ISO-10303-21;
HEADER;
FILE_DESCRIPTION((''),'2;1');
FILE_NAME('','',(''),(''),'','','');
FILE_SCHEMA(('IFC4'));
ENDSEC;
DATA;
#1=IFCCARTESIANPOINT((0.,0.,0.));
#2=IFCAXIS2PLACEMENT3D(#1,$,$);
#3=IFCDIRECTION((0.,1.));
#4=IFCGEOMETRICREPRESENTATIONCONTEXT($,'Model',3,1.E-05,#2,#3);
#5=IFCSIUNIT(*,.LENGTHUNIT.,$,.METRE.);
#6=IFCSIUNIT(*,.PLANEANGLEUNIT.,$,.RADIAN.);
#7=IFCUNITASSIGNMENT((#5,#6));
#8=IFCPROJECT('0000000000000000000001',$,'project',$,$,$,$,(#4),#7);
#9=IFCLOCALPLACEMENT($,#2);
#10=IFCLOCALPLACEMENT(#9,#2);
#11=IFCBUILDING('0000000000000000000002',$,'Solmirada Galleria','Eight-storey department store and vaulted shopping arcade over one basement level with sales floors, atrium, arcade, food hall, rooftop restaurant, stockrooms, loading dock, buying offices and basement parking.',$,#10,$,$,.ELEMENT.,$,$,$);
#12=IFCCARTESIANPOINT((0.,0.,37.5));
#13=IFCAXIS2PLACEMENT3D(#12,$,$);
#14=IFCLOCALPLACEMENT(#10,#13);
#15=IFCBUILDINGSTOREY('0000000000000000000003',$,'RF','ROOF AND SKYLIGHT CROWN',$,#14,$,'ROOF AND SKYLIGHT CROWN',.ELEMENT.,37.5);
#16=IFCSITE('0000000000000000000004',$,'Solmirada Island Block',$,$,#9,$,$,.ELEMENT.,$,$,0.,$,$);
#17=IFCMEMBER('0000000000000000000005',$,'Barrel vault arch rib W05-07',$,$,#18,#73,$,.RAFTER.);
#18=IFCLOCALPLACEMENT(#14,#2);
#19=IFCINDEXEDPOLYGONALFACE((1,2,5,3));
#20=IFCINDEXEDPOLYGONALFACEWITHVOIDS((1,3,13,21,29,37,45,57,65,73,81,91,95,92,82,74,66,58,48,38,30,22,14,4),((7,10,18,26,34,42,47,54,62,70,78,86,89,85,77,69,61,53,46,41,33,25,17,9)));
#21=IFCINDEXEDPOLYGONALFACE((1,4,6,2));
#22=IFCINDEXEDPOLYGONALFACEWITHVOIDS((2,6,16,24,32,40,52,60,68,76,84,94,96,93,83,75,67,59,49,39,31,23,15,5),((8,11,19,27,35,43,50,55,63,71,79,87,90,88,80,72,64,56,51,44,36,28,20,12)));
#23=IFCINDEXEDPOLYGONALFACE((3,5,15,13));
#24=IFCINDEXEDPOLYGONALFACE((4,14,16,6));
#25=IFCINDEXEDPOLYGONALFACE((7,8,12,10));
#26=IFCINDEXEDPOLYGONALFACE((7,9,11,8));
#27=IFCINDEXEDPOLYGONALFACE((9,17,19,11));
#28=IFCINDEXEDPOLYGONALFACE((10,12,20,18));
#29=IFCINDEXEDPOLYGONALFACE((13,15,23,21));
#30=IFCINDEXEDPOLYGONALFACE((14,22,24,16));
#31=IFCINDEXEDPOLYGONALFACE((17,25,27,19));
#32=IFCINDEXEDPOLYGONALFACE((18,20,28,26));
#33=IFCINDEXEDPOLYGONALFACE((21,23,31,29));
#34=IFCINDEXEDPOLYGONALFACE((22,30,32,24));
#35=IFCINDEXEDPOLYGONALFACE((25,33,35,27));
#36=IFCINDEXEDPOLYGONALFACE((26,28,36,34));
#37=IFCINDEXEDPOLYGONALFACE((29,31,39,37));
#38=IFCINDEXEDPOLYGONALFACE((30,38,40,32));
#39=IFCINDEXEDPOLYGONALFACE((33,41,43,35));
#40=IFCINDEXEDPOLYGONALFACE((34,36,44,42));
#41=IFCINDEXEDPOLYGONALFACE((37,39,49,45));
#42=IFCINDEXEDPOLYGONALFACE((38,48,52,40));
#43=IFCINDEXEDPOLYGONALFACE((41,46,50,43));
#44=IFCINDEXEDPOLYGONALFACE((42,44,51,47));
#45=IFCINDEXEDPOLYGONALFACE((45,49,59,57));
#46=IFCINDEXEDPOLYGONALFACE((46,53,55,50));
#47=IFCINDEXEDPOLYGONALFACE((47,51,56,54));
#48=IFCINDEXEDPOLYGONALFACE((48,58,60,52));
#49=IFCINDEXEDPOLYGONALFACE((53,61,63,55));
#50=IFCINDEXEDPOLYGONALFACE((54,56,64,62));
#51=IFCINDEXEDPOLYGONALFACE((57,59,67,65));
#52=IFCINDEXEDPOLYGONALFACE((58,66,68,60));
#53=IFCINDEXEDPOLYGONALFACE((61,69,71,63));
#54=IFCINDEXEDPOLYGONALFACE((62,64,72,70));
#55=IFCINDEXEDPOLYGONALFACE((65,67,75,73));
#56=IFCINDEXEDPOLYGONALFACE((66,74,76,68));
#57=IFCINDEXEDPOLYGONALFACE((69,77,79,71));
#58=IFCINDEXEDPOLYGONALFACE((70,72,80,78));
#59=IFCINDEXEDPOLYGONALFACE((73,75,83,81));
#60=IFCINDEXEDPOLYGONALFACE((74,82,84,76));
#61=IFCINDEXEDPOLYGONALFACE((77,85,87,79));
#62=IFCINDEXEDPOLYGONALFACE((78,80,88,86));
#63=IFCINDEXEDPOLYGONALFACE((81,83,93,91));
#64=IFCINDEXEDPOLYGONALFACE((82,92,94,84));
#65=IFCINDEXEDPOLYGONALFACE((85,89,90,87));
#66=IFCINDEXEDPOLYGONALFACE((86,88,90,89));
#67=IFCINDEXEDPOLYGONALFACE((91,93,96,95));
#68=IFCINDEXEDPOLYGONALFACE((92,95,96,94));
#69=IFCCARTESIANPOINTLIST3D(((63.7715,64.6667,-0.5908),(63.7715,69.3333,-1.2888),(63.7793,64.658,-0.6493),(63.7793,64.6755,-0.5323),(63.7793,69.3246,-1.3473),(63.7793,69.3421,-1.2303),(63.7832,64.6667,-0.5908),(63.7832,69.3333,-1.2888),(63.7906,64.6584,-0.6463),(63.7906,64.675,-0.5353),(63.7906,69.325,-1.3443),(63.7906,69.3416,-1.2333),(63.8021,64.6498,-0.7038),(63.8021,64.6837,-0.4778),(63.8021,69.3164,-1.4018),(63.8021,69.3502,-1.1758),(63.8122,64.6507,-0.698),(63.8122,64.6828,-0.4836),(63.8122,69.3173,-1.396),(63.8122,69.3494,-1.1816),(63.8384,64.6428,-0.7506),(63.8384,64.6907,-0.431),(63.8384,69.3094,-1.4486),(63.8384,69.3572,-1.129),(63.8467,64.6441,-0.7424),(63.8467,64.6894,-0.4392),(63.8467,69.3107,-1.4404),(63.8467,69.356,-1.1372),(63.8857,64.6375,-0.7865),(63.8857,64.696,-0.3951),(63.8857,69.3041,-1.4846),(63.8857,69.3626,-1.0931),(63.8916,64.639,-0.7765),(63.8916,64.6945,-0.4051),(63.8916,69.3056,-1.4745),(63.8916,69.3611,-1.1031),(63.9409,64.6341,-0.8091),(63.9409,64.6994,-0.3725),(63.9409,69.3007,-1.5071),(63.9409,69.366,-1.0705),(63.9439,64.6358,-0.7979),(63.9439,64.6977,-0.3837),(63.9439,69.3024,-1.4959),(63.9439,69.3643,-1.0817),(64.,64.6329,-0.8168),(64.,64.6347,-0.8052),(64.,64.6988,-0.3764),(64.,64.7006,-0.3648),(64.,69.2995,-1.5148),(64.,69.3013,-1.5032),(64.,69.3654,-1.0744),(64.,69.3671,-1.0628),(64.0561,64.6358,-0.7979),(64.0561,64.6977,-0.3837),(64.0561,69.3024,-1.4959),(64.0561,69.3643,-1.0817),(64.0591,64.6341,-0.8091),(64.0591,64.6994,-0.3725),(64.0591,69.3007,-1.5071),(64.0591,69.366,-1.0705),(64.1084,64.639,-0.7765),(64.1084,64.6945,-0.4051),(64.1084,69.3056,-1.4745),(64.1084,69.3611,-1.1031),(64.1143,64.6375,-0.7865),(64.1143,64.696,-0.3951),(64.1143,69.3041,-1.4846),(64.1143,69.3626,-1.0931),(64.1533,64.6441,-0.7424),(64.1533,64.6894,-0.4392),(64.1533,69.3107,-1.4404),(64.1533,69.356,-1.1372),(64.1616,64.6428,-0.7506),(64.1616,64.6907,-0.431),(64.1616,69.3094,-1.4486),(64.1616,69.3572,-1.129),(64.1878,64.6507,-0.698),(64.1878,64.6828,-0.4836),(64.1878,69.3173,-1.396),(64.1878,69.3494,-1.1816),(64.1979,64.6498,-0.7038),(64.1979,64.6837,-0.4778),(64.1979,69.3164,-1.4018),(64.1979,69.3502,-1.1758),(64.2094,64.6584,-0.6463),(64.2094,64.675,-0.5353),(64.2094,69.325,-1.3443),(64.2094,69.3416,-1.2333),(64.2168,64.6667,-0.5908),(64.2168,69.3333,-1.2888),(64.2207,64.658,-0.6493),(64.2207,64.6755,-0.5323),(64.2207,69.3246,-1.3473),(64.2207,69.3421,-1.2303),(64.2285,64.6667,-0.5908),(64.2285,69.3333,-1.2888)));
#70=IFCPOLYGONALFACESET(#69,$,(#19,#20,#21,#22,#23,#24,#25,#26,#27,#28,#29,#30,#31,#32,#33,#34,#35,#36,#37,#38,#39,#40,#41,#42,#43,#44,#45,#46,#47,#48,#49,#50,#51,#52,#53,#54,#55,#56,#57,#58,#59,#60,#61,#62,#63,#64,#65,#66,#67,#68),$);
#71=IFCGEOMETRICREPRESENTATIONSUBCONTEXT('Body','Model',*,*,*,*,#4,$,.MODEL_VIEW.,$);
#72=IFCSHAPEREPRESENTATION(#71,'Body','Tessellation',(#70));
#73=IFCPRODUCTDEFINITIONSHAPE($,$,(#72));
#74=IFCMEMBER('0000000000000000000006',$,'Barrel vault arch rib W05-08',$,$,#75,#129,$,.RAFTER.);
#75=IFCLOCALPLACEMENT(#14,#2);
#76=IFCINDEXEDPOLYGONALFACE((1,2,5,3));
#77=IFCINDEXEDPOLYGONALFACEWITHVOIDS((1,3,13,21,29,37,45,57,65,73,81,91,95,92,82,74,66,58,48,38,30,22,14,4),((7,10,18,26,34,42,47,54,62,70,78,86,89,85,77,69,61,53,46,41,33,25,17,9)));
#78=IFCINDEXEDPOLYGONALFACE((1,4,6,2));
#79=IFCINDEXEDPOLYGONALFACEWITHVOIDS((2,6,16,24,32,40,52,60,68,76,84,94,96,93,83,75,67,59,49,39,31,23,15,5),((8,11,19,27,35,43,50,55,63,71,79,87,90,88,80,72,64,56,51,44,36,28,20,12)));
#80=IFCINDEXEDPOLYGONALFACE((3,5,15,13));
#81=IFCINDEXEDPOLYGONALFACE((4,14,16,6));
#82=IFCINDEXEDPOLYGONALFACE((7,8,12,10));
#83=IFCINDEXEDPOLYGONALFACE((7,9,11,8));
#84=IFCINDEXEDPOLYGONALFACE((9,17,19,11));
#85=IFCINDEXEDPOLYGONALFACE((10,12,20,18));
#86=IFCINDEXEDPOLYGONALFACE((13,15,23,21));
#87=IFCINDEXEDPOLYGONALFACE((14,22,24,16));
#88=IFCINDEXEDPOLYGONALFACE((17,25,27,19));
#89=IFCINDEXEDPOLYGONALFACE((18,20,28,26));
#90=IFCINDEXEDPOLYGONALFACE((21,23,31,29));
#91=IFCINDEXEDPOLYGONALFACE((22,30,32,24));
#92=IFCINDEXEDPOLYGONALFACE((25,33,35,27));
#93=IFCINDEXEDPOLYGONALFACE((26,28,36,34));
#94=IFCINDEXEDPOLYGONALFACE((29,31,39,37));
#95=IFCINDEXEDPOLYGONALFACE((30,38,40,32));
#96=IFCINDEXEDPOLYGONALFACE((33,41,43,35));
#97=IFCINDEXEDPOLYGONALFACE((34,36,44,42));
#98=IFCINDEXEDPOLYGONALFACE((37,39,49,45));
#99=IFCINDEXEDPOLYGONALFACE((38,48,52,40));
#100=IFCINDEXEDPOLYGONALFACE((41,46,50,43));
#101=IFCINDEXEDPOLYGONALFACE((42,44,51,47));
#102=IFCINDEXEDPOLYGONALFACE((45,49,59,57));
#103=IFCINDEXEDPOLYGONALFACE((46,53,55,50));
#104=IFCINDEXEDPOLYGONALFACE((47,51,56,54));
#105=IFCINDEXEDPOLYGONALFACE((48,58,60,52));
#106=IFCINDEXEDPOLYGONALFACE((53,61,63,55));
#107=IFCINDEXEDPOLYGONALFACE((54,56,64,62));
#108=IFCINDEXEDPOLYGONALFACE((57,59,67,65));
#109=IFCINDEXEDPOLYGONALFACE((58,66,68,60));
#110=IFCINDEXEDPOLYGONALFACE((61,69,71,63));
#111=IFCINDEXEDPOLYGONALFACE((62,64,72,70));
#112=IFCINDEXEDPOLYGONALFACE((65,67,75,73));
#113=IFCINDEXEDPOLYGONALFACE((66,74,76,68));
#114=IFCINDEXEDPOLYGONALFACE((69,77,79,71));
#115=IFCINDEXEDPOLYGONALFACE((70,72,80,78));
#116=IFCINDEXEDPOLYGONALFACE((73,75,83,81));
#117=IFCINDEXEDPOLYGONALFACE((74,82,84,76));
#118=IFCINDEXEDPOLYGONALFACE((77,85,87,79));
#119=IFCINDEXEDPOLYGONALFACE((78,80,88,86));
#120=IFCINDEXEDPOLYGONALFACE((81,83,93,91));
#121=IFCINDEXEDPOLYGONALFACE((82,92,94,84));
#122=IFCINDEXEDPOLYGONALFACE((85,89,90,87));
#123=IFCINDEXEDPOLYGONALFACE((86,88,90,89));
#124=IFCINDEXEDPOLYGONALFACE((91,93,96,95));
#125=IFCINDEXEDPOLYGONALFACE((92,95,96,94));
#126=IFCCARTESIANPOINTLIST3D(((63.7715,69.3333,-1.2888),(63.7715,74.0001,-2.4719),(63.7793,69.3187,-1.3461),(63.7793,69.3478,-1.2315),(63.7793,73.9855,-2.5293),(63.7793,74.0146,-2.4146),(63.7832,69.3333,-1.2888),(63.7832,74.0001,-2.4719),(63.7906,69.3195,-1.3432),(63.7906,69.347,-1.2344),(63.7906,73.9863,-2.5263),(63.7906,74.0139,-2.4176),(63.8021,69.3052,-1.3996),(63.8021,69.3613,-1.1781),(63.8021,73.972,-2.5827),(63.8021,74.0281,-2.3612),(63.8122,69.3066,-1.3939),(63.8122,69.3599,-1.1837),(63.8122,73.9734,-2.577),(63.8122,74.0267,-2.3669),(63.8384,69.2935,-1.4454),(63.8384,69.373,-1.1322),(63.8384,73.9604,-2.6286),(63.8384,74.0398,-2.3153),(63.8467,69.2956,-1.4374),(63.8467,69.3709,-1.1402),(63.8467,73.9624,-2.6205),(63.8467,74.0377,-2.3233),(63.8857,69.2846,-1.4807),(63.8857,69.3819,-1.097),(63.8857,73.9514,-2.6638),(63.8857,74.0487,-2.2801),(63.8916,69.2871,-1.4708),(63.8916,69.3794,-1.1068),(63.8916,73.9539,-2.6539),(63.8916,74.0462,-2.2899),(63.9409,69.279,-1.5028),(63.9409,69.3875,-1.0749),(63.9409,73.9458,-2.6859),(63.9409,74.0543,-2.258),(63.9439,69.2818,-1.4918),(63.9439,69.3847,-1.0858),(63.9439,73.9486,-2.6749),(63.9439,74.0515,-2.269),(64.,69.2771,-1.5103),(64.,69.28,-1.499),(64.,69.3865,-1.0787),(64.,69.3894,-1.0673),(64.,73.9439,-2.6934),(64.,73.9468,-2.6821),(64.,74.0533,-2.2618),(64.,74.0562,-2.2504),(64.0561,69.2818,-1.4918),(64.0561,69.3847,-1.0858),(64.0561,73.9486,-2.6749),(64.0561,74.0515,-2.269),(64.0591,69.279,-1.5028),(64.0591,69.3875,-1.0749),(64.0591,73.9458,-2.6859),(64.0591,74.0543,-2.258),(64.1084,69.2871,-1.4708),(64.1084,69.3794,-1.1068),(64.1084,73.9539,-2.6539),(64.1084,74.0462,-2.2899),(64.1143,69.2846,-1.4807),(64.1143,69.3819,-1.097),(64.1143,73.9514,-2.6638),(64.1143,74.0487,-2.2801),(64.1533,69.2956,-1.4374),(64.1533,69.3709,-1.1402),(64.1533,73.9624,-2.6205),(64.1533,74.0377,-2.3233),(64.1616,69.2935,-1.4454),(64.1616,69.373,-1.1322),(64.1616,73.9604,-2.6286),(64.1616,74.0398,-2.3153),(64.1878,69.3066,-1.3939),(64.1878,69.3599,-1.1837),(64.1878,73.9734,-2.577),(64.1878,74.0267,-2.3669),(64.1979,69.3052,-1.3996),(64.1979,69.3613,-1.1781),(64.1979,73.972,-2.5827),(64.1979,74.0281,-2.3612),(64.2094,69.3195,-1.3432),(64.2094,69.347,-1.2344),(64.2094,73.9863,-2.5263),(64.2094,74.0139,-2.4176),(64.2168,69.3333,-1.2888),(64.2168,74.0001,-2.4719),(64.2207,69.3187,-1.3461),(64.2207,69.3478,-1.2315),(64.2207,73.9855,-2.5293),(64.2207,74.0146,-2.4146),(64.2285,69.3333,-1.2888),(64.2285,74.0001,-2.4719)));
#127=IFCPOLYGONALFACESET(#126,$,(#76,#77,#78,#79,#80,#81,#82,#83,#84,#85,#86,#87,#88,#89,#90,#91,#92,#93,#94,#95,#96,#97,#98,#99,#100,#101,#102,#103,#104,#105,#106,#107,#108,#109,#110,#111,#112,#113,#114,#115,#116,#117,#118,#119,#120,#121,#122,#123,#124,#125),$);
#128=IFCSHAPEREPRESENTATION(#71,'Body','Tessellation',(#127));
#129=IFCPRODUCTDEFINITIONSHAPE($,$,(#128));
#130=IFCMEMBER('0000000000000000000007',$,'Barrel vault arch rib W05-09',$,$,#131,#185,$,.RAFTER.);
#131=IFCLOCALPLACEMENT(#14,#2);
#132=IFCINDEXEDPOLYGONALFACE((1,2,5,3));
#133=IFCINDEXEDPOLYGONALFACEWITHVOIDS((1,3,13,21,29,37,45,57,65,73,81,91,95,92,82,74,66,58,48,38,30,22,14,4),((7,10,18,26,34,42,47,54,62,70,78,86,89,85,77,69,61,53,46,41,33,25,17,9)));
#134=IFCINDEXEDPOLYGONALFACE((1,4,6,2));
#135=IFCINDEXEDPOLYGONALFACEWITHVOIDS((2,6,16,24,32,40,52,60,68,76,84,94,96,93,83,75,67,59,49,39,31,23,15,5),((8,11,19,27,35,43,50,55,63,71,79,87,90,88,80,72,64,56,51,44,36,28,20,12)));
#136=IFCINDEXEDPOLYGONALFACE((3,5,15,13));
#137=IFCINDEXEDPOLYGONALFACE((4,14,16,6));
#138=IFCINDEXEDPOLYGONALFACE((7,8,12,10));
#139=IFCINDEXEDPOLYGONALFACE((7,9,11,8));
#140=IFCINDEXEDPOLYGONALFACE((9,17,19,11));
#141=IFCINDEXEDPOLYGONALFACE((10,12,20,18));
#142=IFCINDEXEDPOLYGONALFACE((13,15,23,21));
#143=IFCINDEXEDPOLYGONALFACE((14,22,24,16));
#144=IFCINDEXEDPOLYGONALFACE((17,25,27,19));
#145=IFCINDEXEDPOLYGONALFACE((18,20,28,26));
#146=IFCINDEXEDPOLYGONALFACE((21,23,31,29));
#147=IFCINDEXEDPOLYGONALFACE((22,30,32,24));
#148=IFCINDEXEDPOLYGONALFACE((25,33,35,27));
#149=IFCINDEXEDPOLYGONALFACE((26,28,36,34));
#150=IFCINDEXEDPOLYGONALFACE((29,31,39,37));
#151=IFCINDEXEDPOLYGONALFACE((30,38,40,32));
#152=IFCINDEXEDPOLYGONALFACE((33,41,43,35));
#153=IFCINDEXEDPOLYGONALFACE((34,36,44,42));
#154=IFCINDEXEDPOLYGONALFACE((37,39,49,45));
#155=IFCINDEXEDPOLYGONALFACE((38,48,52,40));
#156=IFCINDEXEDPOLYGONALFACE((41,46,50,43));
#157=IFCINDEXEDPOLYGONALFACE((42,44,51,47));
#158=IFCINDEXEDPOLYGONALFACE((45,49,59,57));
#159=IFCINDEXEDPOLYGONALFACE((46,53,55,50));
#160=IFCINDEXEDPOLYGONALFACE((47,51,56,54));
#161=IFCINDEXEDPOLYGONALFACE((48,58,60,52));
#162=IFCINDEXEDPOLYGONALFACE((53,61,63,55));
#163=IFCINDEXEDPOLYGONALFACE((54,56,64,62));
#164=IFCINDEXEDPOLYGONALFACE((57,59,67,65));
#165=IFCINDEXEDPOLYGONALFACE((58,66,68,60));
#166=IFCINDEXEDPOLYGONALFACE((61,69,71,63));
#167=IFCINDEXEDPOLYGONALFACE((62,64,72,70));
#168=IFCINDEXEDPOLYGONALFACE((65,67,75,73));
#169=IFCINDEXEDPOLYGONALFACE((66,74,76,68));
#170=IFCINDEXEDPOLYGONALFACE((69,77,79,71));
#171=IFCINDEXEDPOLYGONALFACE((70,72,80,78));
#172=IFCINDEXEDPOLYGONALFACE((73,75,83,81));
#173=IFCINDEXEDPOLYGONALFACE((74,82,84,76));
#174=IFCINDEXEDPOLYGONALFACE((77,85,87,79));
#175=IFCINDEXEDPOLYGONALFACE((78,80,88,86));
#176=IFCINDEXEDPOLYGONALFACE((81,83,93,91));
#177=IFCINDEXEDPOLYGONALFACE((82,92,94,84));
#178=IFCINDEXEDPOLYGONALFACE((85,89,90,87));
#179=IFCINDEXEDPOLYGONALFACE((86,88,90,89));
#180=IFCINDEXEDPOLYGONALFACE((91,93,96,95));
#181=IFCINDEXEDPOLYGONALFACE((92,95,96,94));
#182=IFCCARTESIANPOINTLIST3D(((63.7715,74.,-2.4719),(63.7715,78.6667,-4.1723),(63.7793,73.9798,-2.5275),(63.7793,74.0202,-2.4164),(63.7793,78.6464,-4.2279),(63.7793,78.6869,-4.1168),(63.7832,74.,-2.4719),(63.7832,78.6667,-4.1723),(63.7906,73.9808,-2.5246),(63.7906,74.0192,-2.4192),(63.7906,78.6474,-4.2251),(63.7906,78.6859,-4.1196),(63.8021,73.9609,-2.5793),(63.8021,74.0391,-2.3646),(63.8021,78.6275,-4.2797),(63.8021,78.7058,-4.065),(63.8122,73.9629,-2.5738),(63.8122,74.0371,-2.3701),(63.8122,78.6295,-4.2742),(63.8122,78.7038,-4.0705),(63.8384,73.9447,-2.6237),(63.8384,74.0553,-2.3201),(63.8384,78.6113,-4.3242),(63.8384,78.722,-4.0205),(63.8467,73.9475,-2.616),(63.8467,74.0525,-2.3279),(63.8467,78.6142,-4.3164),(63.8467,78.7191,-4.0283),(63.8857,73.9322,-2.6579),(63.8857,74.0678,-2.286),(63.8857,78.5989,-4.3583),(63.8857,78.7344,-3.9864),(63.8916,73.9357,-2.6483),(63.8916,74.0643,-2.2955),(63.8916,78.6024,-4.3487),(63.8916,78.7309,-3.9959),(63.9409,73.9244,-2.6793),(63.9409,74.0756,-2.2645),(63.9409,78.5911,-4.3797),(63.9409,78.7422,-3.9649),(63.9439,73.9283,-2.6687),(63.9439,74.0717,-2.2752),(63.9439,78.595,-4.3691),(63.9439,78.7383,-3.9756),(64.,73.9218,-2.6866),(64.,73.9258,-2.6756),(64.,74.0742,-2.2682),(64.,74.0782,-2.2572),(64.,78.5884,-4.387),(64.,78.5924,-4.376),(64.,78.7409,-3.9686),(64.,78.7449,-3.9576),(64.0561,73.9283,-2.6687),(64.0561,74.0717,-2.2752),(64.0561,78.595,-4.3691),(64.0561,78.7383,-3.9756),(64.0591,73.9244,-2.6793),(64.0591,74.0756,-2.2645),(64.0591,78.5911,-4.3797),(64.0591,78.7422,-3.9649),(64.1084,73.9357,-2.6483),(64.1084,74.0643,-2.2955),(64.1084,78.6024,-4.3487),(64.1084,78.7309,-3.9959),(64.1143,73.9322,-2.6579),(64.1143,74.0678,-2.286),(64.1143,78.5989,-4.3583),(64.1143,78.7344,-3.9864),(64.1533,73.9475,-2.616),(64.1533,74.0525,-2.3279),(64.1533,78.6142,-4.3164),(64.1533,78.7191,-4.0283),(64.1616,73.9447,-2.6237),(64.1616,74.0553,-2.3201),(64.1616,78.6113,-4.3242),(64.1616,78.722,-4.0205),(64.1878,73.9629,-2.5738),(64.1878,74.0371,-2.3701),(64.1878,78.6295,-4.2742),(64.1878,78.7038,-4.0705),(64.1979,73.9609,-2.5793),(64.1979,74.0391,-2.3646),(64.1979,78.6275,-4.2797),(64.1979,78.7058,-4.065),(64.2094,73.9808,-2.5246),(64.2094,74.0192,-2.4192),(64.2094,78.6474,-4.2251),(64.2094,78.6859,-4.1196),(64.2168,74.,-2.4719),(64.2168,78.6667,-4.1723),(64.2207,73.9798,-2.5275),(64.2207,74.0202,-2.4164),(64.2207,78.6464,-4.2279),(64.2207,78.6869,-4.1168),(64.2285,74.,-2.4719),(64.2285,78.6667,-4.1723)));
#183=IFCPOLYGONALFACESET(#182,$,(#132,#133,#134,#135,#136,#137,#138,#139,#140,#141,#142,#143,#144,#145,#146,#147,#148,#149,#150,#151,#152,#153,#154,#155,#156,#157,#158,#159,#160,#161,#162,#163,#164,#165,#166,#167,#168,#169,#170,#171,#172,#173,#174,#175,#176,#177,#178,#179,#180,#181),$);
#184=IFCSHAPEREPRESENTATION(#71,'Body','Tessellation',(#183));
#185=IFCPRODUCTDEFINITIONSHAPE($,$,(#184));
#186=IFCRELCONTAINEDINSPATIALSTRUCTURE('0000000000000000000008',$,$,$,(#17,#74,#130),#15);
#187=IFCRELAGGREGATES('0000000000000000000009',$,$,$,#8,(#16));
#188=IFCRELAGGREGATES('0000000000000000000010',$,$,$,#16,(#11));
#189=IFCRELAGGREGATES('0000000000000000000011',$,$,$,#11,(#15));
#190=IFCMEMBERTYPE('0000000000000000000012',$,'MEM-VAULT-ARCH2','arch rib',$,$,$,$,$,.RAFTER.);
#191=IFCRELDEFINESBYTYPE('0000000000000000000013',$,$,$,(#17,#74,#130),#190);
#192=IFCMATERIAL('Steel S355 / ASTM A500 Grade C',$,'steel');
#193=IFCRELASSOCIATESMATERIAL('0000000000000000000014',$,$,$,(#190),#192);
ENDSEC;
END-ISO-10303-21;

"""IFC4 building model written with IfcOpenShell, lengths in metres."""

from ifc_helpers import new_model, si_unit, direction, frame, origin, origin_2d, place, context, subcontext, project, spatial, hollow_circle, extrude, material, material_profile, profile_set, type_object, element, save


model = new_model("IFC4")

# Units and contexts
model_context = context("Model", 3, precision=1e-05, world=origin(), true_north=direction((0.0, 1.0)))
body_context = subcontext(model_context, "Body", "Model", "MODEL_VIEW")
ifc_project = project(units=[si_unit("LENGTHUNIT", "METRE"), si_unit("PLANEANGLEUNIT", "RADIAN")], contexts=[model_context])

# Site, building, storey
site_placement = place(None, origin())
site = spatial("IfcSite", under=ifc_project, at=site_placement, Name="Solmirada Island Block", CompositionType="ELEMENT", RefElevation=0.0)
building_placement = place(site_placement, origin())
building = spatial("IfcBuilding", under=site, at=building_placement, Name="Solmirada Galleria", Description="Eight-storey department store and vaulted shopping arcade over one basement level with sales floors, atrium, arcade, food hall, rooftop restaurant, stockrooms, loading dock, buying offices and basement parking.", CompositionType="ELEMENT")
storey_placement = place(building_placement, frame((0.0, 0.0, 37.5)))
storey = spatial("IfcBuildingStorey", under=building, at=storey_placement, Name="RF", Description="ROOF AND SKYLIGHT CROWN", LongName="ROOF AND SKYLIGHT CROWN", CompositionType="ELEMENT", Elevation=37.5)

# Members
ifc_material_1 = material(Name="Steel S355 / ASTM A500 Grade C", Category="steel")
ifc_material_profile_1 = material_profile(ifc_material_1, hollow_circle(Radius=0.2285, WallThickness=0.0117, at=origin_2d()), Name="HSS18.000X0.500")
ifc_profile_set_1 = profile_set([ifc_material_profile_1], Name="Steel S355 / ASTM A500 Grade C")
member_type_1 = type_object("IfcMemberType", Name="MEM-VAULT-ARCH2", Description="arch rib", PredefinedType="RAFTER", material=ifc_profile_set_1)
member_1_placement = place(storey_placement, frame((64.0, 64.6667, -0.5908), z_axis=(0.0, 0.988998, -0.147931), x_axis=(-1.0, 0.0, 0.0)))
element("IfcMember", 1, at=member_1_placement, inside=storey, type_object=member_type_1, Name="Barrel vault arch rib W05-07", PredefinedType="RAFTER", context=body_context, shape_type="SweptSolid", body=[
    extrude(hollow_circle(Radius=0.2285, WallThickness=0.0117, at=origin_2d()), origin(), (0.0, 0.0, 1.0), 4.7185),
])
member_2_placement = place(storey_placement, frame((64.0, 69.3333, -1.2888), z_axis=(0.0, 0.969335, -0.245744), x_axis=(-1.0, 0.0, 0.0)))
element("IfcMember", 2, at=member_2_placement, inside=storey, type_object=member_type_1, Name="Barrel vault arch rib W05-08", PredefinedType="RAFTER", context=body_context, shape_type="SweptSolid", body=[
    extrude(hollow_circle(Radius=0.2285, WallThickness=0.0117, at=origin_2d()), origin(), (0.0, 0.0, 1.0), 4.8145),
])
member_3_placement = place(storey_placement, frame((64.0, 74.0, -2.4719), z_axis=(0.0, 0.939571, -0.342355), x_axis=(-1.0, 0.0, 0.0)))
element("IfcMember", 3, at=member_3_placement, inside=storey, type_object=member_type_1, Name="Barrel vault arch rib W05-09", PredefinedType="RAFTER", context=body_context, shape_type="SweptSolid", body=[
    extrude(hollow_circle(Radius=0.2285, WallThickness=0.0117, at=origin_2d()), origin(), (0.0, 0.0, 1.0), 4.9668),
])

save(model, "model.ifc")
